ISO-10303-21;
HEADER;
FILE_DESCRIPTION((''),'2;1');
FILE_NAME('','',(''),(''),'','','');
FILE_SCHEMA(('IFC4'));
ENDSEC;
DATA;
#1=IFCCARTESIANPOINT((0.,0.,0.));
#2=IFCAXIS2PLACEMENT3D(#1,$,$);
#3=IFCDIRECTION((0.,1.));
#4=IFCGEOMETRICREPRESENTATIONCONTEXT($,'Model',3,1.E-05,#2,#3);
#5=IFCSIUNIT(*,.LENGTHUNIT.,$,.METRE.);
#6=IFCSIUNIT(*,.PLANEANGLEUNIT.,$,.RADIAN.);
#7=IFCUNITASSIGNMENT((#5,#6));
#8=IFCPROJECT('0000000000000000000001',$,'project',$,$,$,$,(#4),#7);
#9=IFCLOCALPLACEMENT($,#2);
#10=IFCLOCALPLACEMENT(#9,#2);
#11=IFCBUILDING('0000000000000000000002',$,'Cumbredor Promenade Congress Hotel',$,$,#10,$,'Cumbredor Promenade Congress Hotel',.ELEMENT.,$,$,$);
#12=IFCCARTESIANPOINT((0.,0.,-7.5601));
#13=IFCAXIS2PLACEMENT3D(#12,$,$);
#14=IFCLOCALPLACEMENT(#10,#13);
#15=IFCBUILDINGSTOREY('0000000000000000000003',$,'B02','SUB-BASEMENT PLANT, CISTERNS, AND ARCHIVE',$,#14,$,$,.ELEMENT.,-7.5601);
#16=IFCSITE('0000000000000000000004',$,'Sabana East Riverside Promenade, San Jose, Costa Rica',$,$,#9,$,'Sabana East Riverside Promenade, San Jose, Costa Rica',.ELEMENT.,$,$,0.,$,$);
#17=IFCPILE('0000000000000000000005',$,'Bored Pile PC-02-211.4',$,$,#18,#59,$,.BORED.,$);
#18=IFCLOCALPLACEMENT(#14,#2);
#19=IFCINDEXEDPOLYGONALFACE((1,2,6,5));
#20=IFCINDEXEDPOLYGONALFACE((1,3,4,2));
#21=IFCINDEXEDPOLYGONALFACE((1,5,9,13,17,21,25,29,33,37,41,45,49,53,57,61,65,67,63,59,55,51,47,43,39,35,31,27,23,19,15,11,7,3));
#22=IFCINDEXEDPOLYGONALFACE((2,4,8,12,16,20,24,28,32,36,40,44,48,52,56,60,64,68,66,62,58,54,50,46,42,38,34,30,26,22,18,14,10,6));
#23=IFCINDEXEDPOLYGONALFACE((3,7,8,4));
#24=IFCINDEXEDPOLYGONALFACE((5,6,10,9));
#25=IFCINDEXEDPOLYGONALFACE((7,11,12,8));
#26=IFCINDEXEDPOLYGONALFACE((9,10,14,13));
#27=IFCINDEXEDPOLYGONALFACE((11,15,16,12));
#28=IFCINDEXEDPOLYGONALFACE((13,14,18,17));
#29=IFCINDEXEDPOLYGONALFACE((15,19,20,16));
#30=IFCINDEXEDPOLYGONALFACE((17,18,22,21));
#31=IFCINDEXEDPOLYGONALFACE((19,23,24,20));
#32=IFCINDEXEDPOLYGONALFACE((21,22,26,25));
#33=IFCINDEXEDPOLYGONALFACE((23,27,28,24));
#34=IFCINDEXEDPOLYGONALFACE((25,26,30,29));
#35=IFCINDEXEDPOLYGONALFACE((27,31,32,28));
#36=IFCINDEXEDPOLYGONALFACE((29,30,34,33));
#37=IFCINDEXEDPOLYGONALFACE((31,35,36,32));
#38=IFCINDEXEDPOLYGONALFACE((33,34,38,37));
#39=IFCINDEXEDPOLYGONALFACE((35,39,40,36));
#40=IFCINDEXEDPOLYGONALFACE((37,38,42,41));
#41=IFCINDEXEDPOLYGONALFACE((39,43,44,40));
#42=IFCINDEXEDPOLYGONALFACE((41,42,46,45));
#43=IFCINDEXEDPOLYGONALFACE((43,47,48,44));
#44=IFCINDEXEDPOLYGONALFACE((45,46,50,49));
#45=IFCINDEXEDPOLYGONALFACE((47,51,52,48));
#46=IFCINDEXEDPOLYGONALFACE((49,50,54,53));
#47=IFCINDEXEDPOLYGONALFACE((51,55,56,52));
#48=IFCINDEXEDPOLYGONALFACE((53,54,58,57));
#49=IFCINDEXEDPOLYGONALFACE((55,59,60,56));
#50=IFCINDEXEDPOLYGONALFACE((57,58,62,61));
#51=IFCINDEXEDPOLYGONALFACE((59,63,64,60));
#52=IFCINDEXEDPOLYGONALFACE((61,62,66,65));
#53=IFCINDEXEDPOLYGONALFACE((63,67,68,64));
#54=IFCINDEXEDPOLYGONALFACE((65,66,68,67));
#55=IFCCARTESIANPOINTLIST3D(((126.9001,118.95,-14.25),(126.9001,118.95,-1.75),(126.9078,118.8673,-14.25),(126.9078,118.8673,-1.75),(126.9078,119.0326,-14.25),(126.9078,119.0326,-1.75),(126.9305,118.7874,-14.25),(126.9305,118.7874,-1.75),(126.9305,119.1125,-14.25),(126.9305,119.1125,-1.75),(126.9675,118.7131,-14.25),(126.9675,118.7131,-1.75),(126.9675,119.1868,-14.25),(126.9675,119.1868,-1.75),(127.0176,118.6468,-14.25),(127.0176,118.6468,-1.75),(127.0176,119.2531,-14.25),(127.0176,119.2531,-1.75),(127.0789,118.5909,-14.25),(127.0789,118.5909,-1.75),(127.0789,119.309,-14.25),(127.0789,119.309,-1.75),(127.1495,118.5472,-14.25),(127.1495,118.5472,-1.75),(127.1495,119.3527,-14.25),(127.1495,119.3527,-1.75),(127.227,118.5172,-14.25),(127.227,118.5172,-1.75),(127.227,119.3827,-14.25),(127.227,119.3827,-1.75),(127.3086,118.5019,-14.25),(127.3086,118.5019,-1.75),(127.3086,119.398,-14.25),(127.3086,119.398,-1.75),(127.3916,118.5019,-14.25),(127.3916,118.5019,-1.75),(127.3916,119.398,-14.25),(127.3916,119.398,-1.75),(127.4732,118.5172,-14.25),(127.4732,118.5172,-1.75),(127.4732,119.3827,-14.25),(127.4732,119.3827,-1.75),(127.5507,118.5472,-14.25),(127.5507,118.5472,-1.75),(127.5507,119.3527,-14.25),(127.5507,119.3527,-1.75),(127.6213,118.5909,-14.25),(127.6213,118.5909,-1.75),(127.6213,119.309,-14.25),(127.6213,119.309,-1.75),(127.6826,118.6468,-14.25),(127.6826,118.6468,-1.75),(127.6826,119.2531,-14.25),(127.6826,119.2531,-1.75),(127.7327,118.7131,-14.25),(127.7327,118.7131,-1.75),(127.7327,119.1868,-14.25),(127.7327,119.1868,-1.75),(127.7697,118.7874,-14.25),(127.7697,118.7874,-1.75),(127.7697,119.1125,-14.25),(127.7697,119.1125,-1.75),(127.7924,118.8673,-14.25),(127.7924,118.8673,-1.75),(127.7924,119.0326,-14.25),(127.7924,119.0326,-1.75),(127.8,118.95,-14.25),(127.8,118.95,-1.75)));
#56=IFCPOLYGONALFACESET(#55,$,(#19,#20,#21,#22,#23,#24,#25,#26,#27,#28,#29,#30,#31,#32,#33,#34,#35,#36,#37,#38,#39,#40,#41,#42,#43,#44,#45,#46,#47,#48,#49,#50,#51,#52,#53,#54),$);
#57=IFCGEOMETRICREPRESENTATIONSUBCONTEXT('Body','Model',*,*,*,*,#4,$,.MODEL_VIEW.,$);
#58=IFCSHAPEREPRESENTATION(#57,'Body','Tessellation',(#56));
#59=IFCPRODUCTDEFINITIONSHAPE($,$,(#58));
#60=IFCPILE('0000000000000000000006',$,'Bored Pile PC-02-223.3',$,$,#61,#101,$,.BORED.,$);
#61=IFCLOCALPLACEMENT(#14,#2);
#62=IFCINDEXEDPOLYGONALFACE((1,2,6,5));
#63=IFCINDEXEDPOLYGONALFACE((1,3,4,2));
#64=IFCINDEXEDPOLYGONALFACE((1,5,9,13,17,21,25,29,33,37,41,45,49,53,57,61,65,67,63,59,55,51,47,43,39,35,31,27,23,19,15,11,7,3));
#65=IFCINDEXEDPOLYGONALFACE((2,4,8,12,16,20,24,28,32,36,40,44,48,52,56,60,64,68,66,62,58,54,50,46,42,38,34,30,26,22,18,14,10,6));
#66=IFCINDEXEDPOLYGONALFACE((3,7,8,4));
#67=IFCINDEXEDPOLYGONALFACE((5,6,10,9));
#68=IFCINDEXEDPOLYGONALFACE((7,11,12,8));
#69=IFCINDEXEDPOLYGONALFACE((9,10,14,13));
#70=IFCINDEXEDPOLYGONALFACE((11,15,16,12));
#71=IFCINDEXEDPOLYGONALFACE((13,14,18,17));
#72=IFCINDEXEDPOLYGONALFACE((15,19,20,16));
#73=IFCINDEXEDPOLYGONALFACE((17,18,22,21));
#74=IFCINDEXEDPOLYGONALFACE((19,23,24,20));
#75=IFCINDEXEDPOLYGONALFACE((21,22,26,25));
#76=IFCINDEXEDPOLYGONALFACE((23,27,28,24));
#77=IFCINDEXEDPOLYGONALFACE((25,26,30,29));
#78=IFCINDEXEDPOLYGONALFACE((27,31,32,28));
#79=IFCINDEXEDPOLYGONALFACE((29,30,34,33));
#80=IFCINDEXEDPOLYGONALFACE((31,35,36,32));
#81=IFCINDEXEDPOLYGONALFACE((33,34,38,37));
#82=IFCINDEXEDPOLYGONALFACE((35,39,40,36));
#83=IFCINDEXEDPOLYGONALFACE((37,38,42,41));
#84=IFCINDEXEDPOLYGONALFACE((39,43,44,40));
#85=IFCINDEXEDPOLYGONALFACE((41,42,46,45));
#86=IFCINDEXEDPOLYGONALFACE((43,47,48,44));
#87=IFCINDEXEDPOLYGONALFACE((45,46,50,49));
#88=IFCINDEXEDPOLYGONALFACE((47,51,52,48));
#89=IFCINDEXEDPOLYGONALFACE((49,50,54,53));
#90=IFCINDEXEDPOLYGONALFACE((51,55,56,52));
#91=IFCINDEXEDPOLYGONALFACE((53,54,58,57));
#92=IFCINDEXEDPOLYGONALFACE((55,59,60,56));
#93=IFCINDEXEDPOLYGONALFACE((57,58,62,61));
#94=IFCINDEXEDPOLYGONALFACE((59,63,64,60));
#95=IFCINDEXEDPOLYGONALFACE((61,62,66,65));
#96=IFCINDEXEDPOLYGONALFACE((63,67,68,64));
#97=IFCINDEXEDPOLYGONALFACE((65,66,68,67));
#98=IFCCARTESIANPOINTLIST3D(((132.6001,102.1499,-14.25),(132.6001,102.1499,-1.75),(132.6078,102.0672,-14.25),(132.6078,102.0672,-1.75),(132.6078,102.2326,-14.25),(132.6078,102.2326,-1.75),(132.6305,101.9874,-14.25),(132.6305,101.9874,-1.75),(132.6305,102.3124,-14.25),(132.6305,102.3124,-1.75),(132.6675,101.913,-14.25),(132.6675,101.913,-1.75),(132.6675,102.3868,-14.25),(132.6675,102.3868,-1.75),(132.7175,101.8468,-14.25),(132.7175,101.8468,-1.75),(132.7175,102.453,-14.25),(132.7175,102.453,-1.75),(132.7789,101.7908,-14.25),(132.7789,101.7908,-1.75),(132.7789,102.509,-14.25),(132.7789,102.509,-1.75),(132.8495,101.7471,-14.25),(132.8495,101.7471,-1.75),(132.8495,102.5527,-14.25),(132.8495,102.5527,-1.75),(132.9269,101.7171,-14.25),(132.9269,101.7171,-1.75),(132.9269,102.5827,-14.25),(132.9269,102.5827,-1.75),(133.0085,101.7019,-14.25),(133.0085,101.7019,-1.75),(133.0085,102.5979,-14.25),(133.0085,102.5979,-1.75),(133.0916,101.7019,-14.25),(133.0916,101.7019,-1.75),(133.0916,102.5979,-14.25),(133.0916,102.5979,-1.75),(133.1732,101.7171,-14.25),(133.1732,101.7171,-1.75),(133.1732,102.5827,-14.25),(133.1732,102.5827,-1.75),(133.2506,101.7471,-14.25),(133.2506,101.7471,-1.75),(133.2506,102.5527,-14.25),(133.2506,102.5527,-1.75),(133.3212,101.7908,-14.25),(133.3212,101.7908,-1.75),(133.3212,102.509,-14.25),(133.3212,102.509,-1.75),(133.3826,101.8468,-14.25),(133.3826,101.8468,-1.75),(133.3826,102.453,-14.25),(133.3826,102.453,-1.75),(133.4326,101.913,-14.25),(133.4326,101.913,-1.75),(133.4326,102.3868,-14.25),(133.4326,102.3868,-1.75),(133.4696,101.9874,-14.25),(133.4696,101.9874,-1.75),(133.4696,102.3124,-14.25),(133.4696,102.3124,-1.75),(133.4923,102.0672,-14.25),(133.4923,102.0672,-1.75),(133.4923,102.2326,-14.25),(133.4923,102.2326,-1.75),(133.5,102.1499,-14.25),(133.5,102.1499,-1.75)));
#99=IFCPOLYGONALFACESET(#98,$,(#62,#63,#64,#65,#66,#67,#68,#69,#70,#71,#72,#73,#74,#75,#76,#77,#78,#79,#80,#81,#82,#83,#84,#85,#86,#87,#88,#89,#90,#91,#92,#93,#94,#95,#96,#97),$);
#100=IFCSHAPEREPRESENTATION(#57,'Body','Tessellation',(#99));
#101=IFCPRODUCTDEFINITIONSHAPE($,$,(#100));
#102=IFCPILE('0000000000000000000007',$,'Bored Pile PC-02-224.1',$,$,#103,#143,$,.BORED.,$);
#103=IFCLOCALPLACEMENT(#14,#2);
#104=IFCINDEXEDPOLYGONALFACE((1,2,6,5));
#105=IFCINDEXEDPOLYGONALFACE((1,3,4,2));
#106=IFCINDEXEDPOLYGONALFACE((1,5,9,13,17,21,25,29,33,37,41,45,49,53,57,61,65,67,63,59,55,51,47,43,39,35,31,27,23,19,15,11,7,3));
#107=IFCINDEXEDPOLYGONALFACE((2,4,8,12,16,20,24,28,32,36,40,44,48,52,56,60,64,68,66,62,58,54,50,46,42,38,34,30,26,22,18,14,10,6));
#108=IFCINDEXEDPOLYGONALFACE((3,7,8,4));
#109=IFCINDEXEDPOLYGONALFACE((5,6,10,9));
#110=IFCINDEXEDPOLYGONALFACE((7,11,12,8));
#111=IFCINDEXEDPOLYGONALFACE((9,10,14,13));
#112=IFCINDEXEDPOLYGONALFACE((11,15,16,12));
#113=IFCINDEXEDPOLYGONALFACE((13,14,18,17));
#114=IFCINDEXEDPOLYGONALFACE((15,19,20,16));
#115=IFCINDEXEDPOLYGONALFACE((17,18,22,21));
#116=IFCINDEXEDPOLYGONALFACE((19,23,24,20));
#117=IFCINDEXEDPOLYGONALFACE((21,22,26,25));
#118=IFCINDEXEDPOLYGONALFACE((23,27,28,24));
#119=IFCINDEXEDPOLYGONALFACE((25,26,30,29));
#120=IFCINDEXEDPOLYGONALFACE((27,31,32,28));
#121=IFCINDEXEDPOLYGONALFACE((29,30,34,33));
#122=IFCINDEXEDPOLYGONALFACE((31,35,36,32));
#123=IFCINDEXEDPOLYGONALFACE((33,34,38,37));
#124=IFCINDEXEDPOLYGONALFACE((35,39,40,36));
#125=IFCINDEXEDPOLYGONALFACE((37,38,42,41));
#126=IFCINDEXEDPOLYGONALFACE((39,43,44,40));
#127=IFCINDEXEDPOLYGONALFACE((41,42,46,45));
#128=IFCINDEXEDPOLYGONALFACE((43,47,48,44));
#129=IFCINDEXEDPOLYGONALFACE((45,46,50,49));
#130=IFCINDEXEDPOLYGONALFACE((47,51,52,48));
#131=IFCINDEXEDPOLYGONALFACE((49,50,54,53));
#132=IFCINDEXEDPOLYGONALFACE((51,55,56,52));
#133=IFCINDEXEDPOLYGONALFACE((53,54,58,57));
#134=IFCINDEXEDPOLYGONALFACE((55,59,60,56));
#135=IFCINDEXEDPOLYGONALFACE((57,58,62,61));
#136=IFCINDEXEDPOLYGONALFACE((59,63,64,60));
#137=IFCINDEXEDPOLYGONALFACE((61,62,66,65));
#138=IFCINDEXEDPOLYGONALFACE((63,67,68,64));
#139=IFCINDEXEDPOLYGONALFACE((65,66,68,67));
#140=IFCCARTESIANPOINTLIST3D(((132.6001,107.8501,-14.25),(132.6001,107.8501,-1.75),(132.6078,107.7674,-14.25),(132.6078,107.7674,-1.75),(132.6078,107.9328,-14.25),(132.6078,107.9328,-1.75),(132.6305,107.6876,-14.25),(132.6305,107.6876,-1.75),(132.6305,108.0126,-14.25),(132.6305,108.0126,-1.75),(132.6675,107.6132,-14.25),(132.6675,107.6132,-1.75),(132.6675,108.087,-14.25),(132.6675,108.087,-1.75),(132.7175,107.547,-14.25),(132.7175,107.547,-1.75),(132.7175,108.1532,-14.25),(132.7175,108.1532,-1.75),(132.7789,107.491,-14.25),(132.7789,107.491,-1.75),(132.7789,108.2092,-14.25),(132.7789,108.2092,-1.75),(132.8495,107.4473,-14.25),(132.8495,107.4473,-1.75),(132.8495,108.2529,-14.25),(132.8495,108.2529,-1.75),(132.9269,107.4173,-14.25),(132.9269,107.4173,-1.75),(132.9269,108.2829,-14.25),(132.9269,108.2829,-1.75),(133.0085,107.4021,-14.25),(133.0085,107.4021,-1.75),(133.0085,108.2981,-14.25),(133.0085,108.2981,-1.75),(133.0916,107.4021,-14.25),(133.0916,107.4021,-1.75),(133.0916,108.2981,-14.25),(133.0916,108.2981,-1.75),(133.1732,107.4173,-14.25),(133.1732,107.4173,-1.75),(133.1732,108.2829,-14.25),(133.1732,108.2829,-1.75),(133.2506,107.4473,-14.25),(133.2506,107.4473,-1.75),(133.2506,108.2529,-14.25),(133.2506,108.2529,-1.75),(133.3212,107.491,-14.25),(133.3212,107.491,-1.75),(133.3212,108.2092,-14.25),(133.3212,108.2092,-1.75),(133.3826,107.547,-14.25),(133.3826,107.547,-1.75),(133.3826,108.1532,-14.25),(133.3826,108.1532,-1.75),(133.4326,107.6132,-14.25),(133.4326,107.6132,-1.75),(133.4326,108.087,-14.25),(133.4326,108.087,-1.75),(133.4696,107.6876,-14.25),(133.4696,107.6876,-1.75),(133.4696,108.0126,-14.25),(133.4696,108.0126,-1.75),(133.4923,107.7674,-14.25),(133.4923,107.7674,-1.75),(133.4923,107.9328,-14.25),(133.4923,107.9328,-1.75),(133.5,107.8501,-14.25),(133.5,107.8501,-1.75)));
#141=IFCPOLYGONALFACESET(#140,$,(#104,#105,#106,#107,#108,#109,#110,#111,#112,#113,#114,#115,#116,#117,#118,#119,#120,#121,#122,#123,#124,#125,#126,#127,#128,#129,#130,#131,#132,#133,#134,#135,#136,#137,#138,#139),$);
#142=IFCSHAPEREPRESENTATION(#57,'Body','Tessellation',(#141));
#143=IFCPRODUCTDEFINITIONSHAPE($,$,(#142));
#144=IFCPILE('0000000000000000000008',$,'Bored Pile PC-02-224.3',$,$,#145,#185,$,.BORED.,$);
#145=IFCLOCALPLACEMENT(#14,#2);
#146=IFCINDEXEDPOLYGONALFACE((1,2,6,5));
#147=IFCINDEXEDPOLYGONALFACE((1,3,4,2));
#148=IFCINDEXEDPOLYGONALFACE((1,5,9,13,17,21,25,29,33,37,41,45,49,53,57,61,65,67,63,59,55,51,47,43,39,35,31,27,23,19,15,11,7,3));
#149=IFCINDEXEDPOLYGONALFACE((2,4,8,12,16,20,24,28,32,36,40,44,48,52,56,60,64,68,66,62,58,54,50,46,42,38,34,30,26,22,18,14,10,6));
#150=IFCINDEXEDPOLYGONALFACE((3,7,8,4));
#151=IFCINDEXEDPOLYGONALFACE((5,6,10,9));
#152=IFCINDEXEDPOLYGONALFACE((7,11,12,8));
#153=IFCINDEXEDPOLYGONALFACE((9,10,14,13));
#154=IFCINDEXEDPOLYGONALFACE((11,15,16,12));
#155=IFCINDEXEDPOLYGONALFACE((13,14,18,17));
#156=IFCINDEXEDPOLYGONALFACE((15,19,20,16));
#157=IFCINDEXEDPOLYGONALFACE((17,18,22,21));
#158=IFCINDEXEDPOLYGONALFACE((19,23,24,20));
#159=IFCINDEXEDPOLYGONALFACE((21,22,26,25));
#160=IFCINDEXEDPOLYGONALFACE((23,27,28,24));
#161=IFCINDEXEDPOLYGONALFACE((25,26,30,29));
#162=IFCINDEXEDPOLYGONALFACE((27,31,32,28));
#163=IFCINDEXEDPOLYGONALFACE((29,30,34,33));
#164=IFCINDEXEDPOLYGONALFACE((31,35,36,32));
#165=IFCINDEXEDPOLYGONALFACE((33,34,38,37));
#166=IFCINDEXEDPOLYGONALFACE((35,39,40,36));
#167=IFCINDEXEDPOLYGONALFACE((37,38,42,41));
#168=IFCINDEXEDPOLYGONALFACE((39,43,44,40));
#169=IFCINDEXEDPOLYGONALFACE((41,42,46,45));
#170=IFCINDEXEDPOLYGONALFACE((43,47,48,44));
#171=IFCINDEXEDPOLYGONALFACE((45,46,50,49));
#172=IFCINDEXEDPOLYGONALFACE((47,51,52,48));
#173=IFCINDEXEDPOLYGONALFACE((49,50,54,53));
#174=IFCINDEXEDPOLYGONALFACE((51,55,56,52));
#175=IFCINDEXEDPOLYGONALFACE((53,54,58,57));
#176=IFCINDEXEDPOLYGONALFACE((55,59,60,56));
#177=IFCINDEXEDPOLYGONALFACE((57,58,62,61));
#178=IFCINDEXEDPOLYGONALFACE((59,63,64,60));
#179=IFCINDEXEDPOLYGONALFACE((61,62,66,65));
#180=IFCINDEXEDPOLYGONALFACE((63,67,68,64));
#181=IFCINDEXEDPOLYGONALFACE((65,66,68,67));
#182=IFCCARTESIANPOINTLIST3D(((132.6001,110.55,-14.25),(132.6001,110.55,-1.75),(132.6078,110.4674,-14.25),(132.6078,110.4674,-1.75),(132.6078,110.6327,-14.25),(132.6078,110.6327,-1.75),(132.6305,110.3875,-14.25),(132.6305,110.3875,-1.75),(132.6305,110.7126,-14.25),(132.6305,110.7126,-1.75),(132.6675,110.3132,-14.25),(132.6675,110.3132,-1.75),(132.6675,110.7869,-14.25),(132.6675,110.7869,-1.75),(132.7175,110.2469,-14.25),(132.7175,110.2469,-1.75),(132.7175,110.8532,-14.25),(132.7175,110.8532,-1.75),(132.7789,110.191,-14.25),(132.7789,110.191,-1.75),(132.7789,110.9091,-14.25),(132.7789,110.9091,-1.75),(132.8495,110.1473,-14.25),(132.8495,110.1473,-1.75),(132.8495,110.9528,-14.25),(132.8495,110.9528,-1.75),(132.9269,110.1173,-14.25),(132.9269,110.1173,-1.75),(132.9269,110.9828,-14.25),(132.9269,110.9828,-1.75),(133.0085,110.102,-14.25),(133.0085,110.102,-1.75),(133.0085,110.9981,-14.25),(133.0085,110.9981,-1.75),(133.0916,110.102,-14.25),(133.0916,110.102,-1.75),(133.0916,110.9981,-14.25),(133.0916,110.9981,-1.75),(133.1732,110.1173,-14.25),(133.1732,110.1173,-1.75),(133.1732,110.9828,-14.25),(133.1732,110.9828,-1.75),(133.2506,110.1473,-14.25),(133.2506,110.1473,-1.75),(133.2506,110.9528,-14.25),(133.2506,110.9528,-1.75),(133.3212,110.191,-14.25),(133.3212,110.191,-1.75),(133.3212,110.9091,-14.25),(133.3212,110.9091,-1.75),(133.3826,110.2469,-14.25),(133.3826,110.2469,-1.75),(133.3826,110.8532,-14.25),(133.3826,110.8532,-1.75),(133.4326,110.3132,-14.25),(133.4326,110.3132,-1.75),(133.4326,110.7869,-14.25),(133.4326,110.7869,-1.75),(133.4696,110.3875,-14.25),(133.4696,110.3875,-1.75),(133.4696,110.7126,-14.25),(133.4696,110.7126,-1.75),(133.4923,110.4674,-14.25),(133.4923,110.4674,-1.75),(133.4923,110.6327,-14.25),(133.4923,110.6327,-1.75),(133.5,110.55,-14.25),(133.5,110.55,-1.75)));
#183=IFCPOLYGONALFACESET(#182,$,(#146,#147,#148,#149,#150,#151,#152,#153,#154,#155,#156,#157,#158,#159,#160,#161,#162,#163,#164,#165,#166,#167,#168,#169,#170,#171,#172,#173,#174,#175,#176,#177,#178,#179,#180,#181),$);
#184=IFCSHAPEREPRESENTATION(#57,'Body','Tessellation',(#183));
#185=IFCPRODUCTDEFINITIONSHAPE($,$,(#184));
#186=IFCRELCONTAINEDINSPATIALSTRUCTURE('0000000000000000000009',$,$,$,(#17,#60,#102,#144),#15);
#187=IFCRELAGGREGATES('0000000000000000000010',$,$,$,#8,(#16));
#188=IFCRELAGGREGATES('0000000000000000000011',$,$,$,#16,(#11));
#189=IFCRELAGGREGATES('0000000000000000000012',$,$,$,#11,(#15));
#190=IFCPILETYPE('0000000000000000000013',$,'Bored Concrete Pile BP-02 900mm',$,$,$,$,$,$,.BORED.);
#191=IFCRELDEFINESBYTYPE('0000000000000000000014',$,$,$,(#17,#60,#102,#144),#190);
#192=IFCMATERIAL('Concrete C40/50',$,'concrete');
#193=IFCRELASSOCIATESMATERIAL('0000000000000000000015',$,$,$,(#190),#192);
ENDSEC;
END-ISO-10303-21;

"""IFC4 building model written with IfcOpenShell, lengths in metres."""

from ifc_helpers import new_model, si_unit, direction, frame, origin, origin_2d, place, context, subcontext, project, spatial, circle, extrude, material, material_profile, profile_set, type_object, element, save


model = new_model("IFC4")

# Units and contexts
model_context = context("Model", 3, precision=1e-05, world=origin(), true_north=direction((0.0, 1.0)))
body_context = subcontext(model_context, "Body", "Model", "MODEL_VIEW")
ifc_project = project(units=[si_unit("LENGTHUNIT", "METRE"), si_unit("PLANEANGLEUNIT", "RADIAN")], contexts=[model_context])

# Site, building, storey
site_placement = place(None, origin())
site = spatial("IfcSite", under=ifc_project, at=site_placement, Name="Sabana East Riverside Promenade, San Jose, Costa Rica", LongName="Sabana East Riverside Promenade, San Jose, Costa Rica", CompositionType="ELEMENT", RefElevation=0.0)
building_placement = place(site_placement, origin())
building = spatial("IfcBuilding", under=site, at=building_placement, Name="Cumbredor Promenade Congress Hotel", LongName="Cumbredor Promenade Congress Hotel", CompositionType="ELEMENT")
storey_placement = place(building_placement, frame((0.0, 0.0, -7.5601)))
storey = spatial("IfcBuildingStorey", under=building, at=storey_placement, Name="B02", Description="SUB-BASEMENT PLANT, CISTERNS, AND ARCHIVE", CompositionType="ELEMENT", Elevation=-7.5601)

# Piles
ifc_material_1 = material(Name="Concrete C40/50", Category="concrete")
ifc_material_profile_1 = material_profile(ifc_material_1, circle(Radius=0.45, at=origin_2d()), Name="PILE D900")
ifc_profile_set_1 = profile_set([ifc_material_profile_1], Name="Concrete C40/50")
pile_type = type_object("IfcPileType", Name="Bored Concrete Pile BP-02 900mm", PredefinedType="BORED", material=ifc_profile_set_1)
for number, where, z_axis, x_axis, name in (
    (1, (127.3501, 118.95, -1.75), (0.0, 0.0, -1.0), (1.0, 0.0, 0.0), "Bored Pile PC-02-211.4"),
    (2, (133.05, 102.1499, -1.75), (0.0, 0.0, -1.0), (1.0, 0.0, 0.0), "Bored Pile PC-02-223.3"),
    (3, (133.05, 107.8501, -1.75), (0.0, 0.0, -1.0), (1.0, 0.0, 0.0), "Bored Pile PC-02-224.1"),
    (4, (133.05, 110.55, -1.75), (0.0, 0.0, -1.0), (1.0, 0.0, 0.0), "Bored Pile PC-02-224.3"),
):
    element("IfcPile", number, at=place(storey_placement, frame(where, z_axis=z_axis, x_axis=x_axis)), inside=storey, type_object=pile_type, Name=name, PredefinedType="BORED", context=body_context, shape_type="SweptSolid", body=[
        extrude(circle(Radius=0.45, at=origin_2d()), origin(), (0.0, 0.0, 1.0), 12.5),
    ])

save(model, "model.ifc")
